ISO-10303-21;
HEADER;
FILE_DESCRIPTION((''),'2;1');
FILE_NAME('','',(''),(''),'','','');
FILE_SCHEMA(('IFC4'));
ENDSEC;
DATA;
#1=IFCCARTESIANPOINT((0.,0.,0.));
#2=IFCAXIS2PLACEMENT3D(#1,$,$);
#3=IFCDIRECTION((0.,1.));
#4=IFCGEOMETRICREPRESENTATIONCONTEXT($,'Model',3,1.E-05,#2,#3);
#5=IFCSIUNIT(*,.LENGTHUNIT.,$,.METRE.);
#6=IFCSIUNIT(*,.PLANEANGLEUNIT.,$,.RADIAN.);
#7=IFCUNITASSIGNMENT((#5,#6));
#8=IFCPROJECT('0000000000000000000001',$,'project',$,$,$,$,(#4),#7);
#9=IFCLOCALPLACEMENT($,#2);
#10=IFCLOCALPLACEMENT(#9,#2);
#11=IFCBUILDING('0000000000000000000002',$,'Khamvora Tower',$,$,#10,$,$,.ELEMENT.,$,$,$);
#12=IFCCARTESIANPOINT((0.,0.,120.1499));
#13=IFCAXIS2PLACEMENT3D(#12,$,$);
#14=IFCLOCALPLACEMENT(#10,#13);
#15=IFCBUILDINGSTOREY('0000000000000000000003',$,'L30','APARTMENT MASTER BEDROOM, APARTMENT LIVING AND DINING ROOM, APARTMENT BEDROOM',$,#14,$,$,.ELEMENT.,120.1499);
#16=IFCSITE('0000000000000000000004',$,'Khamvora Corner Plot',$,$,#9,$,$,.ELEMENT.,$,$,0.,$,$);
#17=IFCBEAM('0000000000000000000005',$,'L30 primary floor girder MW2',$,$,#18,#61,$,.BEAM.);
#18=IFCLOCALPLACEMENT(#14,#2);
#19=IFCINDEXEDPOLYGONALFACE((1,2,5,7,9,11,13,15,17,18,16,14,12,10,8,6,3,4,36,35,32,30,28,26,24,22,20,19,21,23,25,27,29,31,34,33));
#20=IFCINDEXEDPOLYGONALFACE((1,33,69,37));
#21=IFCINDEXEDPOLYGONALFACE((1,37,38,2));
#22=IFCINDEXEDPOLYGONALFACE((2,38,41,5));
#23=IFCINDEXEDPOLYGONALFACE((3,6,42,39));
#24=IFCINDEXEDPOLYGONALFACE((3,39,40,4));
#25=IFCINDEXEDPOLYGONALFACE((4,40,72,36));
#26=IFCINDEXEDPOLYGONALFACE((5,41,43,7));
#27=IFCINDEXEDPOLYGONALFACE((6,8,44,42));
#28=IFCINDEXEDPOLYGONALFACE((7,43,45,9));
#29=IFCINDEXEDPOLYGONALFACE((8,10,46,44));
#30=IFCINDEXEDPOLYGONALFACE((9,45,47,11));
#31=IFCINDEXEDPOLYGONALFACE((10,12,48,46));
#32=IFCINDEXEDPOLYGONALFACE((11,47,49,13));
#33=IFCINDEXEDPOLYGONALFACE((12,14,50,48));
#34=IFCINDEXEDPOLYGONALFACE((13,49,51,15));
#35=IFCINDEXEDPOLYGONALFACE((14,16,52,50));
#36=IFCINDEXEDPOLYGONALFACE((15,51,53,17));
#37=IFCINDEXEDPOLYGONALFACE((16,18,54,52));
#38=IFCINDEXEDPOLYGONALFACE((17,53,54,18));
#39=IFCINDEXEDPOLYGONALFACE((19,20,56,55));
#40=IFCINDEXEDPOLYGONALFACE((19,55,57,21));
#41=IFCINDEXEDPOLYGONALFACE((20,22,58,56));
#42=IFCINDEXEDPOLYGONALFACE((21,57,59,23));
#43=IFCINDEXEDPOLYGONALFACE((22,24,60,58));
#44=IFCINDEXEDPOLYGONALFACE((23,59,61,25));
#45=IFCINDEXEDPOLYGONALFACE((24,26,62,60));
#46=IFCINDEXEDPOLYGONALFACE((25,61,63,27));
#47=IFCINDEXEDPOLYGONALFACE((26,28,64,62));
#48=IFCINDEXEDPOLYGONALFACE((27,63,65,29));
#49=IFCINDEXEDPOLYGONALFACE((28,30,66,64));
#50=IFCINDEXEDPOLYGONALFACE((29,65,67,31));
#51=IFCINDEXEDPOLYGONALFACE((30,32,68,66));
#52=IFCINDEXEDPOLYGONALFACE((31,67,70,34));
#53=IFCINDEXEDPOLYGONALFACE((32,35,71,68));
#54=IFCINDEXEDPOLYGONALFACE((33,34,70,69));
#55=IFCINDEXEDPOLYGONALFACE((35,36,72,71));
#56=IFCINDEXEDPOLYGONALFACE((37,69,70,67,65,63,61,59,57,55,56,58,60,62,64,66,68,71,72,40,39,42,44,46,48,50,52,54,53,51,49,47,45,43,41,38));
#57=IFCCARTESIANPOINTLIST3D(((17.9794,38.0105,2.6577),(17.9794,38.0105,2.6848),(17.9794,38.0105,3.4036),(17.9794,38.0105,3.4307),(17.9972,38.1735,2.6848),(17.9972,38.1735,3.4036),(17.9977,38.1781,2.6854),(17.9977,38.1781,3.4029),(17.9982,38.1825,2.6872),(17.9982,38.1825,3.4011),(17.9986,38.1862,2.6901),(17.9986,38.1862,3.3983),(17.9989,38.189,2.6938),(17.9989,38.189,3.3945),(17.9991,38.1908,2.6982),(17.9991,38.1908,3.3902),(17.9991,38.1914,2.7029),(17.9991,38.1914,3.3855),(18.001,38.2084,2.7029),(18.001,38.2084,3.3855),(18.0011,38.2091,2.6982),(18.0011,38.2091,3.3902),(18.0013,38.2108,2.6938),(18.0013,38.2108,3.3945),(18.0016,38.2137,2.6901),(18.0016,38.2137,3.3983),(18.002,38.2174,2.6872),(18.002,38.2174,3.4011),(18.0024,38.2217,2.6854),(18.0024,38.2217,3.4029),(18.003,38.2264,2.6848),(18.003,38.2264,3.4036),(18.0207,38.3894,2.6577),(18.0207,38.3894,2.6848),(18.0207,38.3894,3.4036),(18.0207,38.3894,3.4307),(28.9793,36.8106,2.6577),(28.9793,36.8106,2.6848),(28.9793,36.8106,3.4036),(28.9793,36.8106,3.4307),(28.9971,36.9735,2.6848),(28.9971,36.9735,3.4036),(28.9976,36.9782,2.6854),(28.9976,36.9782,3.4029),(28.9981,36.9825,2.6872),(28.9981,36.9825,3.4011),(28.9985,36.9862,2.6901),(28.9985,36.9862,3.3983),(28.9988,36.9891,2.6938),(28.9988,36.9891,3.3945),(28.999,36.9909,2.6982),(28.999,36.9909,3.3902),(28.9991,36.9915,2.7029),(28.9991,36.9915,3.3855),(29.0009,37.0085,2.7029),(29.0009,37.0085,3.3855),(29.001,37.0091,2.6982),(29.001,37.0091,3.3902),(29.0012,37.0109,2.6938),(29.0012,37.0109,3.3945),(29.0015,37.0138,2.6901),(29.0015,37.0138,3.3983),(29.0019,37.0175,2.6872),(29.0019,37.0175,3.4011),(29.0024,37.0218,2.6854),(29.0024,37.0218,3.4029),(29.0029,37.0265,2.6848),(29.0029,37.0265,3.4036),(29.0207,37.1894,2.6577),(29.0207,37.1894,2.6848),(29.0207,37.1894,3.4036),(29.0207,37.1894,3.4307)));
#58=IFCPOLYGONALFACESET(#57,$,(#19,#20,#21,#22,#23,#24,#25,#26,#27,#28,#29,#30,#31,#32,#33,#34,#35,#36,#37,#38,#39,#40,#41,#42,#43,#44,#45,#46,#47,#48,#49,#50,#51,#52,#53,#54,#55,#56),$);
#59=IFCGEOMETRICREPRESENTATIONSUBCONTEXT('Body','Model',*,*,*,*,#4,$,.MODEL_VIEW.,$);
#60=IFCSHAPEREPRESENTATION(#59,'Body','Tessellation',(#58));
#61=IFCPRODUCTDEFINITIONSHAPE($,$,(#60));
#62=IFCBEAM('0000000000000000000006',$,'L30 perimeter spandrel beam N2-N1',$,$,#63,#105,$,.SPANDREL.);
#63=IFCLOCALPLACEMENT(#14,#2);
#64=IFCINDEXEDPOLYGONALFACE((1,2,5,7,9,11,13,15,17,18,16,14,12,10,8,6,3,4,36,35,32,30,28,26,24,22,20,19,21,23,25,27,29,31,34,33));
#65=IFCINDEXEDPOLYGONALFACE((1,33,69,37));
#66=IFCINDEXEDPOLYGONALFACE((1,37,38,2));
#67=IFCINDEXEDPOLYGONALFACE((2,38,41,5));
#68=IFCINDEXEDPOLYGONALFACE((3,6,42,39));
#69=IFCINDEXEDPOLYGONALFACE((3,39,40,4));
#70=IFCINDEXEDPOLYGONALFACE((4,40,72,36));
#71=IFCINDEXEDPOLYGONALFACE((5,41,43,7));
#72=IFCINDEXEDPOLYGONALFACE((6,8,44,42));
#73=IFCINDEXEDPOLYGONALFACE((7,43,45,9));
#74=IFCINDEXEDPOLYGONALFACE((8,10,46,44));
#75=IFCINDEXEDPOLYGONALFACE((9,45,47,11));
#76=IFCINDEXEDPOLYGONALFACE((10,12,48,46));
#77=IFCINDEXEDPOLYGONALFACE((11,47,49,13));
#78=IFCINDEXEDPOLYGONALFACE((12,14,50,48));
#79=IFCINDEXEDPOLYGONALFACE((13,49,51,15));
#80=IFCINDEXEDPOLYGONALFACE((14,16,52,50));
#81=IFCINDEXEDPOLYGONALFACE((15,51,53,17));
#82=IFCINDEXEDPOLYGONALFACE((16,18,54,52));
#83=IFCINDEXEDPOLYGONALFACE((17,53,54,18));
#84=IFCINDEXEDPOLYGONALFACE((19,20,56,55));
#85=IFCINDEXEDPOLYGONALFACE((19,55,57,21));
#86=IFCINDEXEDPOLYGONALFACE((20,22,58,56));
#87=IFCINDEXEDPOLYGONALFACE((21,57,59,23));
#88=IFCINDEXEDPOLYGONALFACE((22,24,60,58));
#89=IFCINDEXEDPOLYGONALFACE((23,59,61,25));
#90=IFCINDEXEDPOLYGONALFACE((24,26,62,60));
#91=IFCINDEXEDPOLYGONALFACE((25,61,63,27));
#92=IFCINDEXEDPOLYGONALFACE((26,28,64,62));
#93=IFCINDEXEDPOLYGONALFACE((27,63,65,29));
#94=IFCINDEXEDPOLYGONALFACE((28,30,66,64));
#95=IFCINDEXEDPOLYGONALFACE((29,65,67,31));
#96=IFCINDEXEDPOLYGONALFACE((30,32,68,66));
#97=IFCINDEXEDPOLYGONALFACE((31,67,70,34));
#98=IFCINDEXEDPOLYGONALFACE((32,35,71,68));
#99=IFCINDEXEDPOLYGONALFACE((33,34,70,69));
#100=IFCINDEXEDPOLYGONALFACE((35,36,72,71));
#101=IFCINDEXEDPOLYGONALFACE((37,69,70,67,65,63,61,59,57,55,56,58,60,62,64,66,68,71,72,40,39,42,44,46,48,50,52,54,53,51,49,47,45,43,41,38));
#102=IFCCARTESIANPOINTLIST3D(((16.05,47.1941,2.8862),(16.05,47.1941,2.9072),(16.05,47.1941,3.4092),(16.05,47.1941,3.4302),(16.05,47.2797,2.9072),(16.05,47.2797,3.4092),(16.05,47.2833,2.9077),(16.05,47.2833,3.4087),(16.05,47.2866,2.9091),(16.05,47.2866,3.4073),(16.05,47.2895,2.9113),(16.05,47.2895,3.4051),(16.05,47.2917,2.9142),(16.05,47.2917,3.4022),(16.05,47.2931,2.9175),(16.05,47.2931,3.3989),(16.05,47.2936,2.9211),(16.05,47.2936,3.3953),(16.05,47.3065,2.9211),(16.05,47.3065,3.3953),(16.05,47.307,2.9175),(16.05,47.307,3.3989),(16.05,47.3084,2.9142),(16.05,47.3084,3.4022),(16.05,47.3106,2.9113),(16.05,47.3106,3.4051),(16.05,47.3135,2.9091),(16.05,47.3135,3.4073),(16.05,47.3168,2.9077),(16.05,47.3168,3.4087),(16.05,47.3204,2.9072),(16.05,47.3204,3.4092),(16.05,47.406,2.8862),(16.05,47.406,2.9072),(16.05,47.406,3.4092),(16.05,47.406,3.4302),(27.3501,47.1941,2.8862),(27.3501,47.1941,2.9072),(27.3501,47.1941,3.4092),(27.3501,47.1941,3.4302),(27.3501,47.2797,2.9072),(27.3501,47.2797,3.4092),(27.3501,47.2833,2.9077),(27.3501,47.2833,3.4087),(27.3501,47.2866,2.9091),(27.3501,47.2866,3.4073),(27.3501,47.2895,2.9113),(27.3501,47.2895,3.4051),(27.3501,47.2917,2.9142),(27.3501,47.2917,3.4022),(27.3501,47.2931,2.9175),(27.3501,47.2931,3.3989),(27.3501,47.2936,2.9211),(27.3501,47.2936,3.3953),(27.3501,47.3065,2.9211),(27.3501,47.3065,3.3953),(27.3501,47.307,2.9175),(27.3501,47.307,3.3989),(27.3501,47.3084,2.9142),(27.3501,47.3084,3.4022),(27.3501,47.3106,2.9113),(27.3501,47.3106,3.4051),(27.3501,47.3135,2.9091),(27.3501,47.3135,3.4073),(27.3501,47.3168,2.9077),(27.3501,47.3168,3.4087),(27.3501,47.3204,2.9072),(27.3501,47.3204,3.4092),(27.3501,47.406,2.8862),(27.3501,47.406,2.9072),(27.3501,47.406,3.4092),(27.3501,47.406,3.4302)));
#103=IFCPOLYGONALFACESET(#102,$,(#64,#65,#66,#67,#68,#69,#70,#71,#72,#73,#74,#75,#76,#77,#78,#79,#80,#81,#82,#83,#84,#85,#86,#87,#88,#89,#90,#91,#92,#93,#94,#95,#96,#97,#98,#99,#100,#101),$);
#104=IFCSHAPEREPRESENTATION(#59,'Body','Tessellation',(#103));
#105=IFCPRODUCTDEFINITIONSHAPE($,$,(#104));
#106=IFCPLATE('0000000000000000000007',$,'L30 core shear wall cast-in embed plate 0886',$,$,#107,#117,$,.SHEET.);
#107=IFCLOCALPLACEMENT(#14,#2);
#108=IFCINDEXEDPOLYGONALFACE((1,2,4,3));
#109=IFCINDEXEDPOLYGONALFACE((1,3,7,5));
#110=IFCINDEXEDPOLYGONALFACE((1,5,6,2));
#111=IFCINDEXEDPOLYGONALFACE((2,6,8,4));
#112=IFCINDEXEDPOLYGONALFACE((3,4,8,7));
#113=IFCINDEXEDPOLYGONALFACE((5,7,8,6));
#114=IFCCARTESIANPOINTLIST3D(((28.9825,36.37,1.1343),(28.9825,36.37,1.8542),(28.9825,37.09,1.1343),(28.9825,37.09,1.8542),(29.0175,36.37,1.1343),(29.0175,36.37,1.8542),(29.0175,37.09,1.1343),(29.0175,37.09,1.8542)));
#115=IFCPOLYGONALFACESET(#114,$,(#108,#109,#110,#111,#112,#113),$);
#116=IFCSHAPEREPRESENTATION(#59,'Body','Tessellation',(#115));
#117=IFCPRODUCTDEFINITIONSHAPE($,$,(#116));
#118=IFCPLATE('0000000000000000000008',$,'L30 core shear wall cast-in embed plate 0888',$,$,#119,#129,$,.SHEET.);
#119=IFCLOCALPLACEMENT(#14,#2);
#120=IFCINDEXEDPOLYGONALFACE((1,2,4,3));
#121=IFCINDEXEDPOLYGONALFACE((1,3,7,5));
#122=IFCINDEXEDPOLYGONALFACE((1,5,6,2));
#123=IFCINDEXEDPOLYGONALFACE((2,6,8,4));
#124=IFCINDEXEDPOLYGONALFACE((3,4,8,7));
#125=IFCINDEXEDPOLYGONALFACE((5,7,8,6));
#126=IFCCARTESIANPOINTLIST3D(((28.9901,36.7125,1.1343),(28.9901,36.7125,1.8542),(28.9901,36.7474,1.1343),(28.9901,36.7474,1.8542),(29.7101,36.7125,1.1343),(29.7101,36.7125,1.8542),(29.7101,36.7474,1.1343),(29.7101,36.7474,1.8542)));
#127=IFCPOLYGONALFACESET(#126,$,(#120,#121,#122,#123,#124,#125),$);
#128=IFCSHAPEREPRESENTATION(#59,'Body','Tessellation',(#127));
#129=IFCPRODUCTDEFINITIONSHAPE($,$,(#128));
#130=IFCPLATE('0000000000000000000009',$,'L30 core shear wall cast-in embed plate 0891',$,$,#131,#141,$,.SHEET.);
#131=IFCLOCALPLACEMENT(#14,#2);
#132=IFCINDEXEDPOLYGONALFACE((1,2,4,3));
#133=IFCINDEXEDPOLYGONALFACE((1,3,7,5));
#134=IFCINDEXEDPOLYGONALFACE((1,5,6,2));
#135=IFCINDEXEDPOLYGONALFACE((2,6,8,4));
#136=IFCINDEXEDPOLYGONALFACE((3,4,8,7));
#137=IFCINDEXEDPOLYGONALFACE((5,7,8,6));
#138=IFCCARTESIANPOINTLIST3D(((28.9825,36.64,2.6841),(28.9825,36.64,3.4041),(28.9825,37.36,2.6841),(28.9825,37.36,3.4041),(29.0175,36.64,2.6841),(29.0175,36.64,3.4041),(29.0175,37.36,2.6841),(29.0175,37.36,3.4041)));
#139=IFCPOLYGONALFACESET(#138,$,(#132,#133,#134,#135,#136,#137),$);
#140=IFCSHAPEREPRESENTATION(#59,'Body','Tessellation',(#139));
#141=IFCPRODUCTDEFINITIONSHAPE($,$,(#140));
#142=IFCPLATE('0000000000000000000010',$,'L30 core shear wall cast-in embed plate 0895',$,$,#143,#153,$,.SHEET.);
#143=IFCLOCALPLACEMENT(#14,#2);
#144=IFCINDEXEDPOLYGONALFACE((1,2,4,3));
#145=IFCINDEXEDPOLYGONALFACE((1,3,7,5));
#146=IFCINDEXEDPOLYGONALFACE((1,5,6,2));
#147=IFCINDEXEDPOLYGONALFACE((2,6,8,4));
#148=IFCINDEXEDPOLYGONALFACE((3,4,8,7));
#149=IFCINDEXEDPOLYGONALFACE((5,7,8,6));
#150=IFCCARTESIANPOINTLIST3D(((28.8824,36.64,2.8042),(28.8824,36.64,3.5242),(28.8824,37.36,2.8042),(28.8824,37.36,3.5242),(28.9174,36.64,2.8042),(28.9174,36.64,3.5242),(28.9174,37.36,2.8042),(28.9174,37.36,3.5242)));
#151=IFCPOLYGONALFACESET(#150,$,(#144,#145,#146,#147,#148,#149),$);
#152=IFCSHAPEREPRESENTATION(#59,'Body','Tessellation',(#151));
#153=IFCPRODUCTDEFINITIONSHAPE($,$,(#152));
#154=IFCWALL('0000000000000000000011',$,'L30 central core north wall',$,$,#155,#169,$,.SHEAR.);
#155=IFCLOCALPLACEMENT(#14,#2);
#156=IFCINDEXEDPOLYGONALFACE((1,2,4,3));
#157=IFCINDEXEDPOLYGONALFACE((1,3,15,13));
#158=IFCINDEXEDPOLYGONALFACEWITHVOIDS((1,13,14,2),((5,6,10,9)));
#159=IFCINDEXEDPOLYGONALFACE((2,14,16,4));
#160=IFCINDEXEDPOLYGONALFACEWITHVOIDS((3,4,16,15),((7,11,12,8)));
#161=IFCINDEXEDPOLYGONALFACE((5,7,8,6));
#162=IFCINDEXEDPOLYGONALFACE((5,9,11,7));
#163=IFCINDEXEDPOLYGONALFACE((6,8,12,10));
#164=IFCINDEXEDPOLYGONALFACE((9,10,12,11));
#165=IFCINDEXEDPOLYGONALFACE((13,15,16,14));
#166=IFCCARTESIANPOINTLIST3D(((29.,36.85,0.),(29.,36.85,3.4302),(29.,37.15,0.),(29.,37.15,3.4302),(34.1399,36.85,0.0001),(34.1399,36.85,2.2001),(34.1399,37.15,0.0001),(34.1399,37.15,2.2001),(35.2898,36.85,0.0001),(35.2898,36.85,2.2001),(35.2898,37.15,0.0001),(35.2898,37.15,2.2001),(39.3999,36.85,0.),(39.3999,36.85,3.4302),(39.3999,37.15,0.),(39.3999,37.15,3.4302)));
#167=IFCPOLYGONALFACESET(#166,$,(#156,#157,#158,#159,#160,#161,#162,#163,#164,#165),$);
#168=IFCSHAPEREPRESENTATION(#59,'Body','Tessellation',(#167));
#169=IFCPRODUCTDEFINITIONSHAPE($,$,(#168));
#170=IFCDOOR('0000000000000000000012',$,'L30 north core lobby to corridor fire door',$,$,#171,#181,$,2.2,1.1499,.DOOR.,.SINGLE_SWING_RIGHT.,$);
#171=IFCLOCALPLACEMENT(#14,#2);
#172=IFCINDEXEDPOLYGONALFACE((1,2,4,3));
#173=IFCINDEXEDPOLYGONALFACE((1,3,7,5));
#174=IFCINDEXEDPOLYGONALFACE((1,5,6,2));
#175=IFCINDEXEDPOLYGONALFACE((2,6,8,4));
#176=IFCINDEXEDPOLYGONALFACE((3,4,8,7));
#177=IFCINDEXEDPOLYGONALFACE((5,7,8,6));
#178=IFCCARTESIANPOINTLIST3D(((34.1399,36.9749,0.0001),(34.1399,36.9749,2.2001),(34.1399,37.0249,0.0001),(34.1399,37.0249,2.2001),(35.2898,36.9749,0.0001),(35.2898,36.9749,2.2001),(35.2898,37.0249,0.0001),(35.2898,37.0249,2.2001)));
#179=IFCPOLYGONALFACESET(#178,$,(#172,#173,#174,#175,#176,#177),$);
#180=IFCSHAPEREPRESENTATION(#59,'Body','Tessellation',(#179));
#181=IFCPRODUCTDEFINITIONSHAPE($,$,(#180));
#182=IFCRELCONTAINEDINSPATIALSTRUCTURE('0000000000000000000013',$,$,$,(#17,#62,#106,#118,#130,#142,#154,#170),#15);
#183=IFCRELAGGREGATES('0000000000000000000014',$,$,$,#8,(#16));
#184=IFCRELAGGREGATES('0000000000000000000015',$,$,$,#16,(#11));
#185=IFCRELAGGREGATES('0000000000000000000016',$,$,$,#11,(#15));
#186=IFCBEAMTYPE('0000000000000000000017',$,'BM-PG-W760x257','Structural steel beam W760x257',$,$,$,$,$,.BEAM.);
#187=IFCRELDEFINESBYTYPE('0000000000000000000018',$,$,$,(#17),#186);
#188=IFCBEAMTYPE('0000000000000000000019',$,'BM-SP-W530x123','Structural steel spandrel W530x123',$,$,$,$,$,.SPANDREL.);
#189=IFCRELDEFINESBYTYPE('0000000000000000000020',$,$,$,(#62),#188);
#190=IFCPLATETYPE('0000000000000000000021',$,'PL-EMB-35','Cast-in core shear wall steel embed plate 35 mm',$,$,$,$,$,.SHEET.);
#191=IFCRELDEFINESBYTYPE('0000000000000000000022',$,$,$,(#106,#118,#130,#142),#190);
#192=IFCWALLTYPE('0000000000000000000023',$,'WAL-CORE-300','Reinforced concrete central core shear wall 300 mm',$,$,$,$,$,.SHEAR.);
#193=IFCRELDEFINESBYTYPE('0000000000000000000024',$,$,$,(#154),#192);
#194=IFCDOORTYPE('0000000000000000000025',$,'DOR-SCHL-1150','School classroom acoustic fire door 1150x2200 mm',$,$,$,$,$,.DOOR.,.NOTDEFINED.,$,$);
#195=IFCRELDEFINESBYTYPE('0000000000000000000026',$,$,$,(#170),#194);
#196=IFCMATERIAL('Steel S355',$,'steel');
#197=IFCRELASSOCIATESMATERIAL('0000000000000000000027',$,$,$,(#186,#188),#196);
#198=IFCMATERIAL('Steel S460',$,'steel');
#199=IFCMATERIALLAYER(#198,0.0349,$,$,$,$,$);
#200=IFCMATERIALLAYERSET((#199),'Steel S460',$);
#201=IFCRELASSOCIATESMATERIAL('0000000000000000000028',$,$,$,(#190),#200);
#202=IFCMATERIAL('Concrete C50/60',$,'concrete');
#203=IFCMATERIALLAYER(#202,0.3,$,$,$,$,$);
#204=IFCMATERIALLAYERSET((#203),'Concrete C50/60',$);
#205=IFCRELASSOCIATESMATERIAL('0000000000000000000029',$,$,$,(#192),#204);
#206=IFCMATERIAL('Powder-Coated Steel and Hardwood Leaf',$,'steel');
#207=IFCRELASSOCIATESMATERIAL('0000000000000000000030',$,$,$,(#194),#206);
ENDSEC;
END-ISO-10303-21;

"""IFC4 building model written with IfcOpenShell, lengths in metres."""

from ifc_helpers import new_model, si_unit, direction, frame, frame_2d, origin, origin_2d, place, context, subcontext, project, spatial, rectangle, i_section, extrude, material, layer, layer_set, material_profile, profile_set, type_object, element, fill, save


model = new_model("IFC4")

# Units and contexts
model_context = context("Model", 3, precision=1e-05, world=origin(), true_north=direction((0.0, 1.0)))
body_context = subcontext(model_context, "Body", "Model", "MODEL_VIEW")
ifc_project = project(units=[si_unit("LENGTHUNIT", "METRE"), si_unit("PLANEANGLEUNIT", "RADIAN")], contexts=[model_context])

# Site, building, storey
site_placement = place(None, origin())
site = spatial("IfcSite", under=ifc_project, at=site_placement, Name="Khamvora Corner Plot", CompositionType="ELEMENT", RefElevation=0.0)
building_placement = place(site_placement, origin())
building = spatial("IfcBuilding", under=site, at=building_placement, Name="Khamvora Tower", CompositionType="ELEMENT")
storey_placement = place(building_placement, frame((0.0, 0.0, 120.1499)))
storey = spatial("IfcBuildingStorey", under=building, at=storey_placement, Name="L30", Description="APARTMENT MASTER BEDROOM, APARTMENT LIVING AND DINING ROOM, APARTMENT BEDROOM", CompositionType="ELEMENT", Elevation=120.1499)

# Shared definitions
ifc_material_1 = material(Name="Steel S355", Category="steel")
ifc_material_2 = material(Name="Steel S460", Category="steel")

# Beams
ifc_material_profile_1 = material_profile(ifc_material_1, i_section(OverallWidth=0.3811, OverallDepth=0.7729, WebThickness=0.0171, FlangeThickness=0.0271, FilletRadius=0.0181, at=origin_2d()), Name="W760x257")
ifc_profile_set_1 = profile_set([ifc_material_profile_1], Name="Steel S355")
beam_type_1 = type_object("IfcBeamType", Name="BM-PG-W760x257", Description="Structural steel beam W760x257", PredefinedType="BEAM", material=ifc_profile_set_1)
beam_1_placement = place(storey_placement, frame((29.0, 37.0, 3.0442), z_axis=(-0.994103, 0.108443, 0.0), x_axis=(-0.108443, -0.994103, 0.0)))
element("IfcBeam", 1, at=beam_1_placement, inside=storey, type_object=beam_type_1, Name="L30 primary floor girder MW2", PredefinedType="BEAM", context=body_context, shape_type="SweptSolid", body=[
    extrude(i_section(OverallWidth=0.3811, OverallDepth=0.7729, WebThickness=0.0171, FlangeThickness=0.0271, FilletRadius=0.0181, at=origin_2d()), origin(), (0.0, 0.0, 1.0), 11.0652),
])
ifc_material_profile_2 = material_profile(ifc_material_1, i_section(OverallWidth=0.2119, OverallDepth=0.5439, WebThickness=0.0129, FlangeThickness=0.021, FilletRadius=0.0139, at=origin_2d()), Name="W530x123")
ifc_profile_set_2 = profile_set([ifc_material_profile_2], Name="Steel S355")
beam_type_2 = type_object("IfcBeamType", Name="BM-SP-W530x123", Description="Structural steel spandrel W530x123", PredefinedType="SPANDREL", material=ifc_profile_set_2)
beam_2_placement = place(storey_placement, frame((27.3501, 47.3, 3.1582), z_axis=(-1.0, 0.0, 0.0), x_axis=(0.0, -1.0, 0.0)))
element("IfcBeam", 2, at=beam_2_placement, inside=storey, type_object=beam_type_2, Name="L30 perimeter spandrel beam N2-N1", PredefinedType="SPANDREL", context=body_context, shape_type="SweptSolid", body=[
    extrude(i_section(OverallWidth=0.2119, OverallDepth=0.5439, WebThickness=0.0129, FlangeThickness=0.021, FilletRadius=0.0139, at=origin_2d()), origin(), (0.0, 0.0, 1.0), 11.3),
])

# Plates
ifc_layer_1 = layer(ifc_material_2, 0.0349)
ifc_layer_set_1 = layer_set([ifc_layer_1], Name="Steel S460")
plate_type = type_object("IfcPlateType", Name="PL-EMB-35", Description="Cast-in core shear wall steel embed plate 35 mm", PredefinedType="SHEET", material=ifc_layer_set_1)
plate_1_placement = place(storey_placement, frame((29.0, 36.73, 1.1343), z_axis=(0.0, 0.0, 1.0), x_axis=(1.0, 0.0, 0.0)))
element("IfcPlate", 3, at=plate_1_placement, inside=storey, type_object=plate_type, Name="L30 core shear wall cast-in embed plate 0886", PredefinedType="SHEET", context=body_context, shape_type="SweptSolid", body=[
    extrude(rectangle(XDim=0.0349, YDim=0.72, at=origin_2d()), origin(), (0.0, 0.0, 1.0), 0.72),
])
plate_2_placement = place(storey_placement, frame((29.3501, 36.73, 1.1343), z_axis=(0.0, 0.0, 1.0), x_axis=(1.0, 0.0, 0.0)))
element("IfcPlate", 4, at=plate_2_placement, inside=storey, type_object=plate_type, Name="L30 core shear wall cast-in embed plate 0888", PredefinedType="SHEET", context=body_context, shape_type="SweptSolid", body=[
    extrude(rectangle(XDim=0.72, YDim=0.0349, at=origin_2d()), origin(), (0.0, 0.0, 1.0), 0.72),
])
for number, where, z_axis, x_axis, name in (
    (5, (29.0, 37.0, 2.6841), (0.0, 0.0, 1.0), (1.0, 0.0, 0.0), "L30 core shear wall cast-in embed plate 0891"),
    (6, (28.8999, 37.0, 2.8042), (0.0, 0.0, 1.0), (1.0, 0.0, 0.0), "L30 core shear wall cast-in embed plate 0895"),
):
    element("IfcPlate", number, at=place(storey_placement, frame(where, z_axis=z_axis, x_axis=x_axis)), inside=storey, type_object=plate_type, Name=name, PredefinedType="SHEET", context=body_context, shape_type="SweptSolid", body=[
        extrude(rectangle(XDim=0.0349, YDim=0.72, at=origin_2d()), origin(), (0.0, 0.0, 1.0), 0.72),
    ])

# Wall, opening, door
ifc_material_3 = material(Name="Concrete C50/60", Category="concrete")
ifc_layer_2 = layer(ifc_material_3, 0.3)
ifc_layer_set_2 = layer_set([ifc_layer_2], Name="Concrete C50/60")
wall_type_1 = type_object("IfcWallType", Name="WAL-CORE-300", Description="Reinforced concrete central core shear wall 300 mm", PredefinedType="SHEAR", material=ifc_layer_set_2)
wall_1_placement = place(storey_placement, frame((29.0, 37.0, 0.0), z_axis=(0.0, 0.0, 1.0), x_axis=(1.0, 0.0, 0.0)))
wall_1 = element("IfcWall", 7, at=wall_1_placement, inside=storey, type_object=wall_type_1, Name="L30 central core north wall", PredefinedType="SHEAR", context=body_context, shape_type="SweptSolid", body=[
    extrude(rectangle(XDim=10.3999, YDim=0.3, at=frame_2d((5.2, 0.0))), origin(), (0.0, 0.0, 1.0), 3.4302),
])
opening_1_placement = place(wall_1_placement, frame((5.1399, 0.0, 0.0)))
opening_1 = element("IfcOpeningElement", 8, at=opening_1_placement, cuts=wall_1, PredefinedType="OPENING", context=body_context, shape_type="SweptSolid", body=[
    extrude(rectangle(XDim=1.1499, YDim=2.2, at=frame_2d((0.575, 1.1001))), frame((0.0, 0.1599, 0.0), z_axis=(0.0, -1.0, 0.0), x_axis=(1.0, 0.0, 0.0)), (0.0, 0.0, 1.0), 0.3201),
])
ifc_material_4 = material(Name="Powder-Coated Steel and Hardwood Leaf", Category="steel")
door_type_1 = type_object("IfcDoorType", Name="DOR-SCHL-1150", Description="School classroom acoustic fire door 1150x2200 mm", OperationType="NOTDEFINED", PredefinedType="DOOR", material=ifc_material_4)
door_1_placement = place(opening_1_placement, origin())
door_1 = element("IfcDoor", 9, at=door_1_placement, inside=storey, type_object=door_type_1, Name="L30 north core lobby to corridor fire door", OperationType="SINGLE_SWING_RIGHT", OverallHeight=2.2, OverallWidth=1.1499, PredefinedType="DOOR", context=body_context, shape_type="SweptSolid", body=[
    extrude(rectangle(XDim=1.1499, YDim=2.2, at=frame_2d((0.575, 1.1001))), frame((0.0, 0.0249, 0.0), z_axis=(0.0, -1.0, 0.0), x_axis=(1.0, 0.0, 0.0)), (0.0, 0.0, 1.0), 0.05),
])
fill(opening_1, door_1)

save(model, "model.ifc")
